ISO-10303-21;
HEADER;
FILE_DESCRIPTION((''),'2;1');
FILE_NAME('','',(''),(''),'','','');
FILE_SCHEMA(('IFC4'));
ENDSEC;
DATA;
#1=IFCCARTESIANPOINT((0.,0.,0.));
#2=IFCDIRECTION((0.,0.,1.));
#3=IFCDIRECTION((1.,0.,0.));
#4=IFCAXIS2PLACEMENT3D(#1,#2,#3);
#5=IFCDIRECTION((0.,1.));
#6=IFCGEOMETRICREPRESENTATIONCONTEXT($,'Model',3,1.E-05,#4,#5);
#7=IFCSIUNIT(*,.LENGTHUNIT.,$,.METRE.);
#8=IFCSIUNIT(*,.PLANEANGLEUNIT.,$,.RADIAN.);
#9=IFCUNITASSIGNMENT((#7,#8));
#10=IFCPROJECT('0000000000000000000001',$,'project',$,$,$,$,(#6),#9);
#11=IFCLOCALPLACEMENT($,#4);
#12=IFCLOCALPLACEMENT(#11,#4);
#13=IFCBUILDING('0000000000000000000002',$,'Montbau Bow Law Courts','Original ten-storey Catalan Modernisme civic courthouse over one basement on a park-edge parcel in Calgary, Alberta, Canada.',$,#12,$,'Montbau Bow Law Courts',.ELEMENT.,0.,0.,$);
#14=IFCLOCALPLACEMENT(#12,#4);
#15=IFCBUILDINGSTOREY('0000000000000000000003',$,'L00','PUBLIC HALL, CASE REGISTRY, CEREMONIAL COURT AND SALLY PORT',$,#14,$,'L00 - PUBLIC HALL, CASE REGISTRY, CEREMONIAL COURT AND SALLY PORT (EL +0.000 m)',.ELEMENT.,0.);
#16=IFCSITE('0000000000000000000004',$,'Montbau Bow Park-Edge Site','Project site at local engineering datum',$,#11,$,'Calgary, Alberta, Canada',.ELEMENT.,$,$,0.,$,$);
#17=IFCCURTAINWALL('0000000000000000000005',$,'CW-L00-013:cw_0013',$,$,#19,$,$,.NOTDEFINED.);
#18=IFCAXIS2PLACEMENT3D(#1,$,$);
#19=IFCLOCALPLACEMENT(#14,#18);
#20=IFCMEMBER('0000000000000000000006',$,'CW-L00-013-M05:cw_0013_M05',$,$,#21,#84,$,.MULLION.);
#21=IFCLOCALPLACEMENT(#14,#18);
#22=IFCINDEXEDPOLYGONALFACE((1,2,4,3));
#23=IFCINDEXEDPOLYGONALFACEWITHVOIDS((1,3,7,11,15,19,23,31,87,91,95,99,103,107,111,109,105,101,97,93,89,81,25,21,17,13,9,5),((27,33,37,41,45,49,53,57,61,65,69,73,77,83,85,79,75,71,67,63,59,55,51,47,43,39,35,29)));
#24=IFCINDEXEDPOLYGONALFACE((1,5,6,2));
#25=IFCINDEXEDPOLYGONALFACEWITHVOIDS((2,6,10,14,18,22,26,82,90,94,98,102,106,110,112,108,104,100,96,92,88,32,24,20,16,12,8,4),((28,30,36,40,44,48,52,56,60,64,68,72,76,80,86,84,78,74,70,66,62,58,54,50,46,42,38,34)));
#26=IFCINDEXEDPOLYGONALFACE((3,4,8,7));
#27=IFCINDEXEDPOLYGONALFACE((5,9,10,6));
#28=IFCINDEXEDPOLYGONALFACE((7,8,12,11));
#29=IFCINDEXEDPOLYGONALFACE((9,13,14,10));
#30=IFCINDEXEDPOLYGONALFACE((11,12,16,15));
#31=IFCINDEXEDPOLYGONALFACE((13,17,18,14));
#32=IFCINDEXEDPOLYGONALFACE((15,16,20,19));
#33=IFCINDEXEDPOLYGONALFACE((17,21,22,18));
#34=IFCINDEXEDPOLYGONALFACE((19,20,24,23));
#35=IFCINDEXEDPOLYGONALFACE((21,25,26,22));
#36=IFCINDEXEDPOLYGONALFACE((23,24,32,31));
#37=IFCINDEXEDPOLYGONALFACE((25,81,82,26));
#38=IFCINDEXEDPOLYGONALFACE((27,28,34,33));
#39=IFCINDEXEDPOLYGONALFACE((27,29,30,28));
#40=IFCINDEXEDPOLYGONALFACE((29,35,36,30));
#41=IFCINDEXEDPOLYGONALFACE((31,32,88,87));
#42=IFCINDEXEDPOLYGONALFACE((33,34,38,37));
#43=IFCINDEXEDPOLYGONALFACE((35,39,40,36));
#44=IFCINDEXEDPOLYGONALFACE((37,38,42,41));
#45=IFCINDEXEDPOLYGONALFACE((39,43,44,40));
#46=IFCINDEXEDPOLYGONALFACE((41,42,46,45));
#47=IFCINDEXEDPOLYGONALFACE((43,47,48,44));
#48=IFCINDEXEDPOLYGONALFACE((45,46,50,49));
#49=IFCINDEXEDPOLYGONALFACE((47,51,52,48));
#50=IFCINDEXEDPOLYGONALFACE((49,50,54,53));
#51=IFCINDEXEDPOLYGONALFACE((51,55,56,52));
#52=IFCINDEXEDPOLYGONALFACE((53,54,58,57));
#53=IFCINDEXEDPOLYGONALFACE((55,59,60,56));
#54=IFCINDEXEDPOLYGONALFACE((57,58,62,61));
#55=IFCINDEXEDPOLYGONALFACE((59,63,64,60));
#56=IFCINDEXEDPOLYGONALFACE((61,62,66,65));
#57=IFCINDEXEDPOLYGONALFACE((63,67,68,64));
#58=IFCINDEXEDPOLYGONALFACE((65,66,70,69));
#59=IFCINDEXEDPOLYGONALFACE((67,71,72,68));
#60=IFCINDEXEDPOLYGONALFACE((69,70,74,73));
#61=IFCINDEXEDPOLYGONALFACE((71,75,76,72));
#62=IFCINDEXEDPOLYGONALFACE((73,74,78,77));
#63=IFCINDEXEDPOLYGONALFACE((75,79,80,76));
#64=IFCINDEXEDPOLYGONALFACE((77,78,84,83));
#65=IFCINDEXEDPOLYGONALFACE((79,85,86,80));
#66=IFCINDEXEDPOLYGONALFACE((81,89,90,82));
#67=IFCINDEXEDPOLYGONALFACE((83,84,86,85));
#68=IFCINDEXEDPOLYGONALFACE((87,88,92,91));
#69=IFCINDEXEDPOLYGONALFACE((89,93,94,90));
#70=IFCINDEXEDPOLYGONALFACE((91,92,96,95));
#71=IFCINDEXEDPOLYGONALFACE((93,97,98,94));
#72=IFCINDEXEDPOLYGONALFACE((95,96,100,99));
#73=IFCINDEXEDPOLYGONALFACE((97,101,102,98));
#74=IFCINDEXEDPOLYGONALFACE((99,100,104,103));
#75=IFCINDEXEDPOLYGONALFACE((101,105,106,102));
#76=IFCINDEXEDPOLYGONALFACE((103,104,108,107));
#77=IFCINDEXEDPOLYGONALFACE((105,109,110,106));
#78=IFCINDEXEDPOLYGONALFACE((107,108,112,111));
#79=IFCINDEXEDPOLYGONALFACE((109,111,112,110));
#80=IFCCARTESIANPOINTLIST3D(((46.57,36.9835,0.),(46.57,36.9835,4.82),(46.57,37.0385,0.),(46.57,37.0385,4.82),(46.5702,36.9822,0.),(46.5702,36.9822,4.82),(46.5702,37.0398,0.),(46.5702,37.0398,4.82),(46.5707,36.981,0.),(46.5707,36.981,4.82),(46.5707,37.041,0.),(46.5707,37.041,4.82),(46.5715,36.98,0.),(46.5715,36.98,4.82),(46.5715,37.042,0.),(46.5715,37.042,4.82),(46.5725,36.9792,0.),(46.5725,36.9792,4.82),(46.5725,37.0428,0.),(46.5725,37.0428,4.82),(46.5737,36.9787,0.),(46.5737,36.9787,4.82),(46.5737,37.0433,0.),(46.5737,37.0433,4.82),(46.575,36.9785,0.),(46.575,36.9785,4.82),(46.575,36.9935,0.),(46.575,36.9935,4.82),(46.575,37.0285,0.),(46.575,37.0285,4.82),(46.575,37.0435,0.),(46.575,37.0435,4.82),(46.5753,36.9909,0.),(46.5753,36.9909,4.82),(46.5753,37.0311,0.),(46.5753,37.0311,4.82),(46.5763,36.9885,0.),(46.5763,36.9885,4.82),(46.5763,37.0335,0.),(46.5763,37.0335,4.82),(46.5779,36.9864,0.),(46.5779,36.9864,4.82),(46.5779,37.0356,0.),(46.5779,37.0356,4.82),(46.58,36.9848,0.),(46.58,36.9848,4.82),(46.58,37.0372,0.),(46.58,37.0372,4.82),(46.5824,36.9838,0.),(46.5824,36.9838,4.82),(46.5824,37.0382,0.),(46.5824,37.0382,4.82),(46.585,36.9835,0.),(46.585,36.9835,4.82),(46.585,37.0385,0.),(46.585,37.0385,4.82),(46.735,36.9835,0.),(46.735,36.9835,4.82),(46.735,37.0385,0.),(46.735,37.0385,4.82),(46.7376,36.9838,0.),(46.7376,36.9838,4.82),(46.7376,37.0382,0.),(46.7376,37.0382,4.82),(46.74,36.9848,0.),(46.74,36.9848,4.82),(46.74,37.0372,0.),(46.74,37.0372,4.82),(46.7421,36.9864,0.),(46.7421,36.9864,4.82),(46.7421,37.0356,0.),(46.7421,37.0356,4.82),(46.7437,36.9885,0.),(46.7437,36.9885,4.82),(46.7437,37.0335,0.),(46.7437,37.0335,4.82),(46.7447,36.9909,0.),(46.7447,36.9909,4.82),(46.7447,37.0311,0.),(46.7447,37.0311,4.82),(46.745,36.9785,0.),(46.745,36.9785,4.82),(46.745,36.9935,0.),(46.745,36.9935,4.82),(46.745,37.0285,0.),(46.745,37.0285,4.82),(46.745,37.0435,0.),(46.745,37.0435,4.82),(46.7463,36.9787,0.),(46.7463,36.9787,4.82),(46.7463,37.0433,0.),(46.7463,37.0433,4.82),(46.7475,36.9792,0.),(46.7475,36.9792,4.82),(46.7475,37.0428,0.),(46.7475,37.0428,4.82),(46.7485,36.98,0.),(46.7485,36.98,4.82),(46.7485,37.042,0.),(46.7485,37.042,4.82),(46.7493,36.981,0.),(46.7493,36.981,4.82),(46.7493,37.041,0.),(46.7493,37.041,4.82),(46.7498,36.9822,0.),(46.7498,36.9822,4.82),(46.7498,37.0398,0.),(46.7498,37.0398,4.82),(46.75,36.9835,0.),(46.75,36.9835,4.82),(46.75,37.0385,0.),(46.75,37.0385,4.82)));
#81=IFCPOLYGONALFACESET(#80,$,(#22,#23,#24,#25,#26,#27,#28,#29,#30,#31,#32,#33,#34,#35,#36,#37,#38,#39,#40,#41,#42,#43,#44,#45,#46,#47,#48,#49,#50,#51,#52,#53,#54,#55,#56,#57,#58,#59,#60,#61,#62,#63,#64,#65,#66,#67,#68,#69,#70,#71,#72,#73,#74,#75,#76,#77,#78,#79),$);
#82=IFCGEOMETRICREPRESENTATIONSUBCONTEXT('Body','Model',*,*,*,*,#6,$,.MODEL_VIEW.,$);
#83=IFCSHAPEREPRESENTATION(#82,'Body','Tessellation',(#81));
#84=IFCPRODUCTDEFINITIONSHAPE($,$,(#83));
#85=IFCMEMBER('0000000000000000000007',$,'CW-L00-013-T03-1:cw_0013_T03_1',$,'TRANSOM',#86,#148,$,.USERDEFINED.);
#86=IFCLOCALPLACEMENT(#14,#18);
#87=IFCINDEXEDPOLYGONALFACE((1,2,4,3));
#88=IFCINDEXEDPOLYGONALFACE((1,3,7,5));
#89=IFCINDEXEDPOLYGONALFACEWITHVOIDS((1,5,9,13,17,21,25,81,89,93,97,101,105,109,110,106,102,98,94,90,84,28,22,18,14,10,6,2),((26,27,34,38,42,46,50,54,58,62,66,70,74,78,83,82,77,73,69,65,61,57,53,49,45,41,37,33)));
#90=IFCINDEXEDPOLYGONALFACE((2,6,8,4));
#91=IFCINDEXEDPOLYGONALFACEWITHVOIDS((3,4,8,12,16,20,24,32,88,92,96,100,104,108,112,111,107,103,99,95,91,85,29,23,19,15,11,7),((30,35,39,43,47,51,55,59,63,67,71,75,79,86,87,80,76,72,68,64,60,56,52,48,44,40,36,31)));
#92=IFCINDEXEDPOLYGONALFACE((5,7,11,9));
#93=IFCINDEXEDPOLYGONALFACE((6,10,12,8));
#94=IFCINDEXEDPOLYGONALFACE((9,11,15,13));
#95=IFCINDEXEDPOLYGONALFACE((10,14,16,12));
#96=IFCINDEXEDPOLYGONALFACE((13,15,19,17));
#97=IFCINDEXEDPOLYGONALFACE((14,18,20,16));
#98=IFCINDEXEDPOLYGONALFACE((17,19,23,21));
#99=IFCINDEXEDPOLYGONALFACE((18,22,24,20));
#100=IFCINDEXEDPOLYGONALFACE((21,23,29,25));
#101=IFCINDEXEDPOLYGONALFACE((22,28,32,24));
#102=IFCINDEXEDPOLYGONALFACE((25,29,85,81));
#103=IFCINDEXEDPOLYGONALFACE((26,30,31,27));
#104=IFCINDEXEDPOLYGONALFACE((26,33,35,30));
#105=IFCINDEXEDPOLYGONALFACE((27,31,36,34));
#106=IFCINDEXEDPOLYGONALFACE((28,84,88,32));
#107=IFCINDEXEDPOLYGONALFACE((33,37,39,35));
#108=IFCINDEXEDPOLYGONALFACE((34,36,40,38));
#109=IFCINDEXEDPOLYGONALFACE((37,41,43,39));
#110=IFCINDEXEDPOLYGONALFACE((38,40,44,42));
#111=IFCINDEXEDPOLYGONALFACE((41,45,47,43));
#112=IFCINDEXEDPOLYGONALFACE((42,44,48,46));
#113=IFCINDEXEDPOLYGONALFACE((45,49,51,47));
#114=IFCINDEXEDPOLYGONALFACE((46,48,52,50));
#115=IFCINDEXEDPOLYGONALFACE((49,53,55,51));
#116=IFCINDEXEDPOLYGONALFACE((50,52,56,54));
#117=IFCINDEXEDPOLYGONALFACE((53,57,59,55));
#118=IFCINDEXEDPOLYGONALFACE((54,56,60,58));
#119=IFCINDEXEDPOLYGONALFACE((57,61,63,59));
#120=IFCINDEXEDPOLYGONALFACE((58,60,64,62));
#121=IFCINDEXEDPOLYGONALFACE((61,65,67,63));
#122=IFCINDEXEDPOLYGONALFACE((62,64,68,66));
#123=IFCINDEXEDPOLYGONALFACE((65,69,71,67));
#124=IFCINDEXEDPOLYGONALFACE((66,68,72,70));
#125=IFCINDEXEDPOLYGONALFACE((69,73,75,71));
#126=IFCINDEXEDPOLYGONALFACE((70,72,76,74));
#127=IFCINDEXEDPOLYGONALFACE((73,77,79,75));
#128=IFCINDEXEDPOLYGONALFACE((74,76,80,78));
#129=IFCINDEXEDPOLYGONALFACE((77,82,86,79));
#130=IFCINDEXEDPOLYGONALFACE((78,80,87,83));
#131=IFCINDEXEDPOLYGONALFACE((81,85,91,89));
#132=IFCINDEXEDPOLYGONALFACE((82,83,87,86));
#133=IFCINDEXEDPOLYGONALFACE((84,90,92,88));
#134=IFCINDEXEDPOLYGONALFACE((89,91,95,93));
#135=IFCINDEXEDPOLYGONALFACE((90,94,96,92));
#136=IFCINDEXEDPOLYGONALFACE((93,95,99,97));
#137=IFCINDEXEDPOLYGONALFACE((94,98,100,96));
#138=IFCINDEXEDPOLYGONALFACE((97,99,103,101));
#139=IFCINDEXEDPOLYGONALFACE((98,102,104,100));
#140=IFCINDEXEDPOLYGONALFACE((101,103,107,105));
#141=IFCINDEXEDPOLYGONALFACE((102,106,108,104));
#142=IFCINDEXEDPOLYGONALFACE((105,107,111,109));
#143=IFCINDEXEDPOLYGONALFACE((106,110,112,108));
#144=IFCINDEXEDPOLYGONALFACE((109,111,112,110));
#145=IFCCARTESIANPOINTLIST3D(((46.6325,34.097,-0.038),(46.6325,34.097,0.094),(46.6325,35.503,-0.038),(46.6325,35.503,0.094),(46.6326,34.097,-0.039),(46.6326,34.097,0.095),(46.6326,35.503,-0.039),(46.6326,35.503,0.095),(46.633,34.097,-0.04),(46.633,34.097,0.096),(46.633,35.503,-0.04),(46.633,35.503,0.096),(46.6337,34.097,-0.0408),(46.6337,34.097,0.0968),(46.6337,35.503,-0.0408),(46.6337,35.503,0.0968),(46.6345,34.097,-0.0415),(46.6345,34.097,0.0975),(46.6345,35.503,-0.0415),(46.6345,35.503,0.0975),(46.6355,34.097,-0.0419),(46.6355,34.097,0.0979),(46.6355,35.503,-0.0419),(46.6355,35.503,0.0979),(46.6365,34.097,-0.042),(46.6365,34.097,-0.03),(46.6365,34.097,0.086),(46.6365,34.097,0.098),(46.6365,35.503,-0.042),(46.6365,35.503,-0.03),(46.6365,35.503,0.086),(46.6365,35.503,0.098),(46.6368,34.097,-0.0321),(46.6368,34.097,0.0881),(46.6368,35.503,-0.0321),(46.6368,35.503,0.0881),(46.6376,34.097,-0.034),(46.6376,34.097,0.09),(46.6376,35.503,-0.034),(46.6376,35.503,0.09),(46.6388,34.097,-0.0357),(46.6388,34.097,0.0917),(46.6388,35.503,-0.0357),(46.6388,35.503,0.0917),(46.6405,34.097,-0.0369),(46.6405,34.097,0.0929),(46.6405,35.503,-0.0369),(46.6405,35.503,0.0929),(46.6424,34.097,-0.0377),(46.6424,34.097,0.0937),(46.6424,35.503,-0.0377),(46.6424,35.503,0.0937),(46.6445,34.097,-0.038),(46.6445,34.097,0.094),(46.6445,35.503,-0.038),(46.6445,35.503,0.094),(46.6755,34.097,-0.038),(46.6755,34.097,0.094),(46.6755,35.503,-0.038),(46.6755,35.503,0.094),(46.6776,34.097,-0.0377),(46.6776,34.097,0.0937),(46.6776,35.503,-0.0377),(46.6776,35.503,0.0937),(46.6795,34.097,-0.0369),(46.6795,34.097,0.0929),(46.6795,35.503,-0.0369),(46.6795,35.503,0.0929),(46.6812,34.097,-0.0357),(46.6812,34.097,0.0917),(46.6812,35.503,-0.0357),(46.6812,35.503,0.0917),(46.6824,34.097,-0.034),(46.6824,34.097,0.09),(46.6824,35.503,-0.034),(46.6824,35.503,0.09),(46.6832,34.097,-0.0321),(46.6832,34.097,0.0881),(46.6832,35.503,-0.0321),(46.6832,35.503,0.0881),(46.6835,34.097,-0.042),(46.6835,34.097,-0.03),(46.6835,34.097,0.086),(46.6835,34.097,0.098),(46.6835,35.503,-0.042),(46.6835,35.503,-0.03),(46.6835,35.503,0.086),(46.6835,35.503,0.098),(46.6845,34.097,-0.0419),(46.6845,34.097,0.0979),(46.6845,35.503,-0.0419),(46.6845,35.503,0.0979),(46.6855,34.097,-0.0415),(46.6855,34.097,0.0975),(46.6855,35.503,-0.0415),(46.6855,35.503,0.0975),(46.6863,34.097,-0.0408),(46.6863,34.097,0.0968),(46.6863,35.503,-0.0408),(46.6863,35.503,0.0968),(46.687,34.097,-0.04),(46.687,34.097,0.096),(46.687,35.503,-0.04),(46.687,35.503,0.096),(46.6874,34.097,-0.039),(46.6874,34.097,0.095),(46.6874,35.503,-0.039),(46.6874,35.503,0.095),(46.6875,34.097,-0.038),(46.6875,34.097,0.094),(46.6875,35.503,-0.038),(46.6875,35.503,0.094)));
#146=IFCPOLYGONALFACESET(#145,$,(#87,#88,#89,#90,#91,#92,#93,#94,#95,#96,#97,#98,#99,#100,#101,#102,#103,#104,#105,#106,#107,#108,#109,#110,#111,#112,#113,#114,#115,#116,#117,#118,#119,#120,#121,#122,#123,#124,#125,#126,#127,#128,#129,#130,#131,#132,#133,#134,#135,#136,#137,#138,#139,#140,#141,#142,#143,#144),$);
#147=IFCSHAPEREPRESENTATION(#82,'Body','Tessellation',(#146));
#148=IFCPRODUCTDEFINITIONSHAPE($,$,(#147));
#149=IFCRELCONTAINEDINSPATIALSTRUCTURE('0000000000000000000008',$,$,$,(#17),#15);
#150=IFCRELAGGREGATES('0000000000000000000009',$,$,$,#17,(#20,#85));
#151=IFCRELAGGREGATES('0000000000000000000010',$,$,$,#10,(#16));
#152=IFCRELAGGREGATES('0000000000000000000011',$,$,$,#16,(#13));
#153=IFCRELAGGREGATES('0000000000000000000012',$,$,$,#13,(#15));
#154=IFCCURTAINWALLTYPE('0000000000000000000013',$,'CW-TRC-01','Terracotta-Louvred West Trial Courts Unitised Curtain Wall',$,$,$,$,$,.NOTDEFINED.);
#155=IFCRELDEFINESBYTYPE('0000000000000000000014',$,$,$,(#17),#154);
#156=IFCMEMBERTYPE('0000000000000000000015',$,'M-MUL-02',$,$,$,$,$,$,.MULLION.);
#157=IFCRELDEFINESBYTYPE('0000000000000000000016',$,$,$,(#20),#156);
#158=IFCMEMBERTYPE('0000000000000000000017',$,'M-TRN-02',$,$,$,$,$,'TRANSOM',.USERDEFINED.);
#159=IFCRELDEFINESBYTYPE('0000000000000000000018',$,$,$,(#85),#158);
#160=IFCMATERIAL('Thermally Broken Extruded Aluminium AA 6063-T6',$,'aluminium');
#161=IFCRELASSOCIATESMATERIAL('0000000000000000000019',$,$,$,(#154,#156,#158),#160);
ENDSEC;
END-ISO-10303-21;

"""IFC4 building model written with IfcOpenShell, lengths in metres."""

from ifc_helpers import new_model, si_unit, direction, frame, origin_with_axes, origin_2d_with_axis, place, context, subcontext, project, spatial, hollow_rectangle, extrude, material, material_profile, profile_set, type_object, element, aggregate, save


model = new_model("IFC4")

# Units and contexts
model_context = context("Model", 3, precision=1e-05, world=origin_with_axes(), true_north=direction((0.0, 1.0)))
body_context = subcontext(model_context, "Body", "Model", "MODEL_VIEW")
ifc_project = project(units=[si_unit("LENGTHUNIT", "METRE"), si_unit("PLANEANGLEUNIT", "RADIAN")], contexts=[model_context])

# Site, building, storey
site_placement = place(None, origin_with_axes())
site = spatial("IfcSite", under=ifc_project, at=site_placement, Name="Montbau Bow Park-Edge Site", Description="Project site at local engineering datum", LongName="Calgary, Alberta, Canada", CompositionType="ELEMENT", RefElevation=0.0)
building_placement = place(site_placement, origin_with_axes())
building = spatial("IfcBuilding", under=site, at=building_placement, Name="Montbau Bow Law Courts", Description="Original ten-storey Catalan Modernisme civic courthouse over one basement on a park-edge parcel in Calgary, Alberta, Canada.", LongName="Montbau Bow Law Courts", CompositionType="ELEMENT", ElevationOfRefHeight=0.0, ElevationOfTerrain=0.0)
storey_placement = place(building_placement, origin_with_axes())
storey = spatial("IfcBuildingStorey", under=building, at=storey_placement, Name="L00", Description="PUBLIC HALL, CASE REGISTRY, CEREMONIAL COURT AND SALLY PORT", LongName="L00 - PUBLIC HALL, CASE REGISTRY, CEREMONIAL COURT AND SALLY PORT (EL +0.000 m)", CompositionType="ELEMENT", Elevation=0.0)

# Curtain wall, members
ifc_material_1 = material(Name="Thermally Broken Extruded Aluminium AA 6063-T6", Category="aluminium")
curtain_wall_type = type_object("IfcCurtainWallType", Name="CW-TRC-01", Description="Terracotta-Louvred West Trial Courts Unitised Curtain Wall", PredefinedType="NOTDEFINED", material=ifc_material_1)
curtain_wall_placement = place(None, frame((46.66, 31.115, 0.0), z_axis=(0.0, 0.0, 1.0), x_axis=(1.0, 0.0, 0.0)))
curtain_wall = element("IfcCurtainWall", 1, at=curtain_wall_placement, inside=storey, type_object=curtain_wall_type, Name="CW-L00-013:cw_0013", PredefinedType="NOTDEFINED")
ifc_material_profile_1 = material_profile(ifc_material_1, hollow_rectangle(XDim=0.065, YDim=0.18, WallThickness=0.005, InnerFilletRadius=0.01, OuterFilletRadius=0.005, at=origin_2d_with_axis()), Name="CWM-180X65", Category="Main", Priority=0)
ifc_profile_set_1 = profile_set([ifc_material_profile_1], Name="Thermally Broken Extruded Aluminium AA 6063-T6")
member_type_1 = type_object("IfcMemberType", Name="M-MUL-02", PredefinedType="MULLION", material=ifc_profile_set_1)
member_1_placement = place(None, frame((46.66, 37.011, 0.0), z_axis=(0.0, 0.0, 1.0), x_axis=(0.0, 1.0, 0.0)))
member_1 = element("IfcMember", 2, at=member_1_placement, type_object=member_type_1, Name="CW-L00-013-M05:cw_0013_M05", PredefinedType="MULLION", context=body_context, shape_type="SweptSolid", body=[
    extrude(hollow_rectangle(XDim=0.065, YDim=0.18, WallThickness=0.005, InnerFilletRadius=0.01, OuterFilletRadius=0.005, at=origin_2d_with_axis()), origin_with_axes(), (0.0, 0.0, 1.0), 4.82),
])
ifc_material_profile_2 = material_profile(ifc_material_1, hollow_rectangle(XDim=0.055, YDim=0.14, WallThickness=0.004, InnerFilletRadius=0.008, OuterFilletRadius=0.004, at=origin_2d_with_axis()), Name="CWT-140X55", Category="Main", Priority=0)
ifc_profile_set_2 = profile_set([ifc_material_profile_2], Name="Thermally Broken Extruded Aluminium AA 6063-T6")
member_type_2 = type_object("IfcMemberType", Name="M-TRN-02", ElementType="TRANSOM", PredefinedType="USERDEFINED", material=ifc_profile_set_2)
member_2_placement = place(None, frame((46.66, 34.097, 0.028), z_axis=(0.0, 1.0, 0.0), x_axis=(-1.0, 0.0, 0.0)))
member_2 = element("IfcMember", 3, at=member_2_placement, type_object=member_type_2, Name="CW-L00-013-T03-1:cw_0013_T03_1", ObjectType="TRANSOM", PredefinedType="USERDEFINED", context=body_context, shape_type="SweptSolid", body=[
    extrude(hollow_rectangle(XDim=0.055, YDim=0.14, WallThickness=0.004, InnerFilletRadius=0.008, OuterFilletRadius=0.004, at=origin_2d_with_axis()), origin_with_axes(), (0.0, 0.0, 1.0), 1.406),
])
aggregate(curtain_wall, [member_1, member_2])

save(model, "model.ifc")
